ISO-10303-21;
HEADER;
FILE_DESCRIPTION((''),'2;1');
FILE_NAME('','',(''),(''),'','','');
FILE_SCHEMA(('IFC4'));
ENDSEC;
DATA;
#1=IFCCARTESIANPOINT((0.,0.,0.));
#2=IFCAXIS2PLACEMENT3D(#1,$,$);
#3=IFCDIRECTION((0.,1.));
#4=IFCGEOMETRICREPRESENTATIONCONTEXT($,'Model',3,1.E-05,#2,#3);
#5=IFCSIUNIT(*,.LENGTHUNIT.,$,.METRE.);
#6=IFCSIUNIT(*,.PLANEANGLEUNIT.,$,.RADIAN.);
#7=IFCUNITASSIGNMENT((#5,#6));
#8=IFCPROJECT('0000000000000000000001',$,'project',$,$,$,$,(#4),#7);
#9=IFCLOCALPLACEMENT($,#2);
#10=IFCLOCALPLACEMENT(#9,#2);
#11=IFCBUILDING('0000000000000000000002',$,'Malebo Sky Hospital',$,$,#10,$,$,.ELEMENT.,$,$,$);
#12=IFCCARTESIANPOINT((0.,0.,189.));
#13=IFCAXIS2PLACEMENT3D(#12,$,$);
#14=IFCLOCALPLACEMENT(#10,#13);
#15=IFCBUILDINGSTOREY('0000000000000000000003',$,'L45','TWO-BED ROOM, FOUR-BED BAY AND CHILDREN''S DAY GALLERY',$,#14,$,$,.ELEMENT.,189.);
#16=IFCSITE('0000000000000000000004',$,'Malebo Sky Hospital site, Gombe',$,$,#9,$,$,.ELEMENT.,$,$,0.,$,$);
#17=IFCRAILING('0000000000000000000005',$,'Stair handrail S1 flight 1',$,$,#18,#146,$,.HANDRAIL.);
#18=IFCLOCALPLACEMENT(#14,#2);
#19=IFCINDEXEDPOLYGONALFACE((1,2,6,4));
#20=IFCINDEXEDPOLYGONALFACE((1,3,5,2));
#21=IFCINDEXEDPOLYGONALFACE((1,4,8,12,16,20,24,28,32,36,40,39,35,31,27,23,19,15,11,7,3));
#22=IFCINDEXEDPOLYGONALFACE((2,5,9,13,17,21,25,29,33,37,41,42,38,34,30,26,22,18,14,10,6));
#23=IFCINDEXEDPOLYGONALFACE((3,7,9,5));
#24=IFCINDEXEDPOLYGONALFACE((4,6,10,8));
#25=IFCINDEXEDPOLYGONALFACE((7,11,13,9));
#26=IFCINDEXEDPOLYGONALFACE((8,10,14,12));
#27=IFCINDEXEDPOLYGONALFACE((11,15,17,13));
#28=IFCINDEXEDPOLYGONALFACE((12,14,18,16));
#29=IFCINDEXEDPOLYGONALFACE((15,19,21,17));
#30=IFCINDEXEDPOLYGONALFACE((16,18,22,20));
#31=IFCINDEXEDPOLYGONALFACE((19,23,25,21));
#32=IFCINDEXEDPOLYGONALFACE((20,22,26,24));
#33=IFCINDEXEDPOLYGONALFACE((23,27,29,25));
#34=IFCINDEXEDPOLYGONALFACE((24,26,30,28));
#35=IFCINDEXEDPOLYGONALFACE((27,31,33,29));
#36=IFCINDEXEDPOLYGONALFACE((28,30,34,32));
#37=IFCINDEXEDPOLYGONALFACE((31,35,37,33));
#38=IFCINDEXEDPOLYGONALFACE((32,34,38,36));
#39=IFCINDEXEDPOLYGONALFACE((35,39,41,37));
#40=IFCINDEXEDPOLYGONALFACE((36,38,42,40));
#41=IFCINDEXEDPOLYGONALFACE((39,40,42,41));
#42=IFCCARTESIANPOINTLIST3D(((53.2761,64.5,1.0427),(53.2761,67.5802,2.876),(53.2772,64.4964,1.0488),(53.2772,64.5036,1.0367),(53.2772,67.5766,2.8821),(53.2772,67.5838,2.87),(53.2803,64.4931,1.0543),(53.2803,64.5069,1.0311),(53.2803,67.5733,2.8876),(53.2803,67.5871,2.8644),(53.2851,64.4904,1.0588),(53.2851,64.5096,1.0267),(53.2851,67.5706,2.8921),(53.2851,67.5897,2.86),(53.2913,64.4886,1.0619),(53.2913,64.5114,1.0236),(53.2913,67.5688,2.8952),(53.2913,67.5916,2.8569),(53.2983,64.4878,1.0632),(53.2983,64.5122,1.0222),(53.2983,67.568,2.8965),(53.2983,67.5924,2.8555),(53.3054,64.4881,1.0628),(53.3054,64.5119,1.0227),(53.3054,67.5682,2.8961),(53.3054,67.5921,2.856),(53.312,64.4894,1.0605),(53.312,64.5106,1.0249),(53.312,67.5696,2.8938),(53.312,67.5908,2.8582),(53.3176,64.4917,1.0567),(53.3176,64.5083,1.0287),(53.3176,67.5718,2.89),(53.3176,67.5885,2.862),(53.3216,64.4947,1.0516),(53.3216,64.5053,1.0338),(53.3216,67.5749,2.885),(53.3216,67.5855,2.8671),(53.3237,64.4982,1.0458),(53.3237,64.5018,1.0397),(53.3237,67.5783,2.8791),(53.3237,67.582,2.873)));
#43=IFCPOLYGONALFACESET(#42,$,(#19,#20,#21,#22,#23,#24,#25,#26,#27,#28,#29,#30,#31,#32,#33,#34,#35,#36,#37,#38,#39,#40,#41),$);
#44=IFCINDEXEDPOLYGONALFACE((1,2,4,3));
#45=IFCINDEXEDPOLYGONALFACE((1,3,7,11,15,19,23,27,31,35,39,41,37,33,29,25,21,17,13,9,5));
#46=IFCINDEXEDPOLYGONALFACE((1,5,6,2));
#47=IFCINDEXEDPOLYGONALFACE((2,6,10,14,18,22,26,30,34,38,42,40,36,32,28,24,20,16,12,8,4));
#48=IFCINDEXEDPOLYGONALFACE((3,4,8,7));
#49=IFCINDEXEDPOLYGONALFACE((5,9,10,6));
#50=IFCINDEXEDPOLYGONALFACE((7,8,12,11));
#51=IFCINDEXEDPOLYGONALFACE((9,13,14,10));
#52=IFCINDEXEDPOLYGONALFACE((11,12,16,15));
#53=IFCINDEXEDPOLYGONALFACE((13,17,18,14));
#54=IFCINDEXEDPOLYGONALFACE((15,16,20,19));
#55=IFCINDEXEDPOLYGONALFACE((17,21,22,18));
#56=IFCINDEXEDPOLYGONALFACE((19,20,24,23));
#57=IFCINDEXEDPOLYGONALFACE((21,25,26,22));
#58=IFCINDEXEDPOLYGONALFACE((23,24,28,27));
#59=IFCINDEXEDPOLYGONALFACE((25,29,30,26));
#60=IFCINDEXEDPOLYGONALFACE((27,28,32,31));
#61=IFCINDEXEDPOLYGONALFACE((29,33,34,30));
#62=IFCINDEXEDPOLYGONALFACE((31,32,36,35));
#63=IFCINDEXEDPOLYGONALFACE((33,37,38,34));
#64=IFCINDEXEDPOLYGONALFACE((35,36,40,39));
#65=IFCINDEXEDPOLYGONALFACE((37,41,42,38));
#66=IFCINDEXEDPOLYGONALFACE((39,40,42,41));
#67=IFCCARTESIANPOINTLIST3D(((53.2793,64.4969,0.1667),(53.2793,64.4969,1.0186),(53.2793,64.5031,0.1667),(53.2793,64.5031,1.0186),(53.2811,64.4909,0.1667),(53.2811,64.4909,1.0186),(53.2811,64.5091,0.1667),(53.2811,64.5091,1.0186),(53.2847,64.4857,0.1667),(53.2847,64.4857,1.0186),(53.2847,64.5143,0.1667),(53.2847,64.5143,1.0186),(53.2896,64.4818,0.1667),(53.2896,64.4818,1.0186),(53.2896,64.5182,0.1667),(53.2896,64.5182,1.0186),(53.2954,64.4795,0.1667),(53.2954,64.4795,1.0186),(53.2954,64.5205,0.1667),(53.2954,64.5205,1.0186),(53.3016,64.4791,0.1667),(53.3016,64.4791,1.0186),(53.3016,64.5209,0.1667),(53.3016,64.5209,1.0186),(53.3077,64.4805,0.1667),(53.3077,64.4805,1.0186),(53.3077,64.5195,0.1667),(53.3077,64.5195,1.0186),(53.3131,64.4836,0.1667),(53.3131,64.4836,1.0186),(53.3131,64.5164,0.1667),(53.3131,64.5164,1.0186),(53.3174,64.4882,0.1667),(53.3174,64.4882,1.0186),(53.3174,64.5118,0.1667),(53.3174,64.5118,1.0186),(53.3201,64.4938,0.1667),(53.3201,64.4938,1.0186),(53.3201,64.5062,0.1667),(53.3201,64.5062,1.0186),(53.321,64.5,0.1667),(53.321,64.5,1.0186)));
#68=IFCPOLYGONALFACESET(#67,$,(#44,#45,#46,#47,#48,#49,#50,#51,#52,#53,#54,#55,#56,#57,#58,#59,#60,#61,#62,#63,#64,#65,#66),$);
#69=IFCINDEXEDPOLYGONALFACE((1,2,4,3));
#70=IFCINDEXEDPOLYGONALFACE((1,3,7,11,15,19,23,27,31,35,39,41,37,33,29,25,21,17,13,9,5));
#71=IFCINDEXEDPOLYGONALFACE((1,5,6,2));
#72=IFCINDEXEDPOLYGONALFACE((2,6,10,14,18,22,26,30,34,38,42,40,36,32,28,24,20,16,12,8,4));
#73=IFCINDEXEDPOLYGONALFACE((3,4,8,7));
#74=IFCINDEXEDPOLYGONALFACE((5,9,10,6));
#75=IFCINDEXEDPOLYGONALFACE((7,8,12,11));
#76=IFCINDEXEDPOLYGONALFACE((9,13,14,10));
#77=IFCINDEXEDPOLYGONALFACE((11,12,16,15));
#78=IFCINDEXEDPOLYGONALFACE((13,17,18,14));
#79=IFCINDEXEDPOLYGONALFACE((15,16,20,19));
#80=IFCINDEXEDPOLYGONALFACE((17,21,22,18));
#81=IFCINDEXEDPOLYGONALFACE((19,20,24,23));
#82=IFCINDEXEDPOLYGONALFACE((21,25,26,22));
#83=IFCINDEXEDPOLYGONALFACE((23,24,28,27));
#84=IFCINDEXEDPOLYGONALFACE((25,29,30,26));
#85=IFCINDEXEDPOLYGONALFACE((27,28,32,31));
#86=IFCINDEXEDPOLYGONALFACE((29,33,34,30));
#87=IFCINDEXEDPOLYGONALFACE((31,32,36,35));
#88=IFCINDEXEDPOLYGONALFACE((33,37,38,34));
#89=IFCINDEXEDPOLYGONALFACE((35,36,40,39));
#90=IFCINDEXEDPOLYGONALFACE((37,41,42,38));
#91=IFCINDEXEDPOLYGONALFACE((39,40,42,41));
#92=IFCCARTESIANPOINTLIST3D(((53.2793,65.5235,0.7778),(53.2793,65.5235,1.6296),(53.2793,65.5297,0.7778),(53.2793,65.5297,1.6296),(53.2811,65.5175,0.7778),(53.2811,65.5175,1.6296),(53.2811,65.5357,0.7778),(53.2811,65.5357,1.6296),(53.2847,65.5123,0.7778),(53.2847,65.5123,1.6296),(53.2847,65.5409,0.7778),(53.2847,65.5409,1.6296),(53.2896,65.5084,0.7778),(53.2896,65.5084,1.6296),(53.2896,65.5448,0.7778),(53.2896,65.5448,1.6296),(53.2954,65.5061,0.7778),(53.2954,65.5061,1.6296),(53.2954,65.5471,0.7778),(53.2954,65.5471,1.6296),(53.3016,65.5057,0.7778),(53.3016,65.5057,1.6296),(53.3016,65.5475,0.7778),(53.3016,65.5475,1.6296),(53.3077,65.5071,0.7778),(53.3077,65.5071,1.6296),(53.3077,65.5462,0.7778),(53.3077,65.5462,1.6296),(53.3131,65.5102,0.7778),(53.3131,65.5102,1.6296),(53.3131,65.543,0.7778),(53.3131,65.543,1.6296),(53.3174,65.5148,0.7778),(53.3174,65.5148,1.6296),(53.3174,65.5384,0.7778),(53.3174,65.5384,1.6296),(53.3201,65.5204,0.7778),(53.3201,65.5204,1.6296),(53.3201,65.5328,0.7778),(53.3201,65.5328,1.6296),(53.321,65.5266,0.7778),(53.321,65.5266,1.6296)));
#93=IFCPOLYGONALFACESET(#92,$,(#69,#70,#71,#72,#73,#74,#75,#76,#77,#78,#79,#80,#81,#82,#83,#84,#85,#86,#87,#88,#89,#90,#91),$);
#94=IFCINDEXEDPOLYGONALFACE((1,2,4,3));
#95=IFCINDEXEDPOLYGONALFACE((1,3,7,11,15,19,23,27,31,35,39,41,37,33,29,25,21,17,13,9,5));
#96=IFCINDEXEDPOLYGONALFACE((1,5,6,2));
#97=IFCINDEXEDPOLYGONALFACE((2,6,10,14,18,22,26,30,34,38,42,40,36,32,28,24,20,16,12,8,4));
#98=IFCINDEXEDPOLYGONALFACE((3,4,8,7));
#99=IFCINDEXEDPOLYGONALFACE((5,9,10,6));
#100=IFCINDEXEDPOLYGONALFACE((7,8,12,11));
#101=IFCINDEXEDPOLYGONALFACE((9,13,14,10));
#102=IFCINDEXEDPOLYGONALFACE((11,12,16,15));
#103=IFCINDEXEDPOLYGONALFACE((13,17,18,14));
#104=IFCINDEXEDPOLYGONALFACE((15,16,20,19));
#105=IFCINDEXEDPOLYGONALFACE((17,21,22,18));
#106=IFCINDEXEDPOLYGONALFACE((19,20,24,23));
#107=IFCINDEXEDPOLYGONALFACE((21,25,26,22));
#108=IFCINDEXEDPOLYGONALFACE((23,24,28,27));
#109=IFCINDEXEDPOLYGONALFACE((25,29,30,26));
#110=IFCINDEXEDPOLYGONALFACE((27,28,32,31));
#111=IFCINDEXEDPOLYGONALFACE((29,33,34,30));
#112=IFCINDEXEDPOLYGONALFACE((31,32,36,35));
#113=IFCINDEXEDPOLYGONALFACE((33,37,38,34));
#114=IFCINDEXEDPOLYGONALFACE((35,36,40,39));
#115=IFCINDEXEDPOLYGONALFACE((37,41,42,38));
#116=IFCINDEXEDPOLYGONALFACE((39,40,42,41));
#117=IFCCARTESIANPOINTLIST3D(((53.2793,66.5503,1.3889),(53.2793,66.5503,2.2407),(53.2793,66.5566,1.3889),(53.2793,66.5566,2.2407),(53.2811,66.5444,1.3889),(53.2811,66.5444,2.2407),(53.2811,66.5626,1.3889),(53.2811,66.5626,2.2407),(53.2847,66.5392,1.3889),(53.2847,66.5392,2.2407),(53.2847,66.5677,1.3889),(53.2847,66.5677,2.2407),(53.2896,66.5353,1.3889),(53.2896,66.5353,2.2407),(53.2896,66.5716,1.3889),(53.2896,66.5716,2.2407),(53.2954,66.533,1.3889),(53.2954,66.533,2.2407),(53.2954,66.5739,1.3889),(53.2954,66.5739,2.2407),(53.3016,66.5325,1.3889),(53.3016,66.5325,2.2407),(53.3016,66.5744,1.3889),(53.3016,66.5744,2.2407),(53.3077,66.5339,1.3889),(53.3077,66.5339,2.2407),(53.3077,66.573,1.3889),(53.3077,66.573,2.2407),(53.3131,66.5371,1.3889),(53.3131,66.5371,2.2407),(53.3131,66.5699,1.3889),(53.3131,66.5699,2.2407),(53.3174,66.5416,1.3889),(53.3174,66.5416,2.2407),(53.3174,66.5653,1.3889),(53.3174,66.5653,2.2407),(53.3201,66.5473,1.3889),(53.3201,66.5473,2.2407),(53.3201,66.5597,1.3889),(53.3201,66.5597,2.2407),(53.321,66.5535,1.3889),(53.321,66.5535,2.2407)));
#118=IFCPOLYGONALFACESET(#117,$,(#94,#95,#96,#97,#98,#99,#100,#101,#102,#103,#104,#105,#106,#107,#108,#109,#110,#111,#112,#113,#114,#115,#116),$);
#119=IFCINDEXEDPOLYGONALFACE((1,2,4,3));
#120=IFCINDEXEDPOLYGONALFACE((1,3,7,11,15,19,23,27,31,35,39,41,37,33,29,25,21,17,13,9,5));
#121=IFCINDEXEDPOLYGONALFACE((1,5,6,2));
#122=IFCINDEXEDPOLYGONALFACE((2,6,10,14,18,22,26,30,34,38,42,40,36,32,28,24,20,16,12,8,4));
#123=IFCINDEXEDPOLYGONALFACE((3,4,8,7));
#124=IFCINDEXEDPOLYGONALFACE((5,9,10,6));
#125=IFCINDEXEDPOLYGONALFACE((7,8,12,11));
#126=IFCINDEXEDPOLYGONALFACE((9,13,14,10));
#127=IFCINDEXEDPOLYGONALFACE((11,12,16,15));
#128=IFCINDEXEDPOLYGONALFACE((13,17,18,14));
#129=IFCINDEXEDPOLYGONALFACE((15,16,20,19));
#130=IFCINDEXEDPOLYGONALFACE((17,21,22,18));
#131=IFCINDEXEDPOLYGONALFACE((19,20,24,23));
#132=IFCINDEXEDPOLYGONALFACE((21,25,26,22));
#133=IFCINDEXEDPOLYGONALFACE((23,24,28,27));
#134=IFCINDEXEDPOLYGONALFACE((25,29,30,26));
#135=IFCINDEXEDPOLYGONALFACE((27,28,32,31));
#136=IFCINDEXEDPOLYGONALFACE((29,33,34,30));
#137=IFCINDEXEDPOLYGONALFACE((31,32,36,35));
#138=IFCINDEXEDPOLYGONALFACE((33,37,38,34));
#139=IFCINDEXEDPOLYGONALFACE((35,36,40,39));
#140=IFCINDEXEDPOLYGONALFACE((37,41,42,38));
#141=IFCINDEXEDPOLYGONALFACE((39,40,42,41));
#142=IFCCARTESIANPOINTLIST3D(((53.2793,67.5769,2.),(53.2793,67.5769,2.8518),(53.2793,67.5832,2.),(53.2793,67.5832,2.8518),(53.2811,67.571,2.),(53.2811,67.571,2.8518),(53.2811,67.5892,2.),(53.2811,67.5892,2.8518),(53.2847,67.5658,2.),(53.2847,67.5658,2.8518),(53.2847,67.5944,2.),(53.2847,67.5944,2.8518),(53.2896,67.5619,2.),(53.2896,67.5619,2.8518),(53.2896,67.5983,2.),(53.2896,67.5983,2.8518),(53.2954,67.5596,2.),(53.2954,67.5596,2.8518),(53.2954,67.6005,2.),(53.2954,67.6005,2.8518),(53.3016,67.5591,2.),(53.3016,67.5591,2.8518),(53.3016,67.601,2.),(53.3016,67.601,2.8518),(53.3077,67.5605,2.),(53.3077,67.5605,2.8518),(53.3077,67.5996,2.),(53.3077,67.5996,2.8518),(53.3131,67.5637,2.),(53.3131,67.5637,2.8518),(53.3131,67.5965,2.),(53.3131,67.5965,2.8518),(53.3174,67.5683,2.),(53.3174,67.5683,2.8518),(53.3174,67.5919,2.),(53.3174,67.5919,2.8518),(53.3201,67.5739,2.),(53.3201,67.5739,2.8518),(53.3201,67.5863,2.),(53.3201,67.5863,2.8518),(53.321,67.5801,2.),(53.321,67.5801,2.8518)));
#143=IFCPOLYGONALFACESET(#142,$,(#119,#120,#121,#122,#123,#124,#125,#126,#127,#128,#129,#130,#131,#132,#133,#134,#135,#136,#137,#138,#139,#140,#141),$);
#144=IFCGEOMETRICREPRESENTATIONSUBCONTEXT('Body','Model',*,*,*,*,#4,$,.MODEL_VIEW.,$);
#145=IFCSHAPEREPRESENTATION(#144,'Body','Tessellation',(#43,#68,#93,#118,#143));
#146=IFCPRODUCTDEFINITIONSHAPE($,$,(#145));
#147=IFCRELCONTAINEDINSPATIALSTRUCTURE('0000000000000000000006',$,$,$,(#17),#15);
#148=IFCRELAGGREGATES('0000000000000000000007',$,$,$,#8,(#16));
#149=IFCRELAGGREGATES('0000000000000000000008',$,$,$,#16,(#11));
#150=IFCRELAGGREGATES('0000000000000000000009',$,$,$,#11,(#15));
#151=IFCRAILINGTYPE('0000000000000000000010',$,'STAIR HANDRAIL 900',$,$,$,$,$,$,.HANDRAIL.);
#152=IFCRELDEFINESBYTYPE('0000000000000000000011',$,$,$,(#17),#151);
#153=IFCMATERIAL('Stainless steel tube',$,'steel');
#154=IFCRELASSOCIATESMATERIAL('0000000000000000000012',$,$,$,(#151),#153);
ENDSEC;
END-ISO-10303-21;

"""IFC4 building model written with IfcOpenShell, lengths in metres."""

from ifc_helpers import new_model, si_unit, direction, frame, origin, origin_2d, place, context, subcontext, project, spatial, circle, extrude, material, type_object, element, save


model = new_model("IFC4")

# Units and contexts
model_context = context("Model", 3, precision=1e-05, world=origin(), true_north=direction((0.0, 1.0)))
body_context = subcontext(model_context, "Body", "Model", "MODEL_VIEW")
ifc_project = project(units=[si_unit("LENGTHUNIT", "METRE"), si_unit("PLANEANGLEUNIT", "RADIAN")], contexts=[model_context])

# Site, building, storey
site_placement = place(None, origin())
site = spatial("IfcSite", under=ifc_project, at=site_placement, Name="Malebo Sky Hospital site, Gombe", CompositionType="ELEMENT", RefElevation=0.0)
building_placement = place(site_placement, origin())
building = spatial("IfcBuilding", under=site, at=building_placement, Name="Malebo Sky Hospital", CompositionType="ELEMENT")
storey_placement = place(building_placement, frame((0.0, 0.0, 189.0)))
storey = spatial("IfcBuildingStorey", under=building, at=storey_placement, Name="L45", Description="TWO-BED ROOM, FOUR-BED BAY AND CHILDREN'S DAY GALLERY", CompositionType="ELEMENT", Elevation=189.0)

# Railing
ifc_material_1 = material(Name="Stainless steel tube", Category="steel")
railing_type = type_object("IfcRailingType", Name="STAIR HANDRAIL 900", PredefinedType="HANDRAIL", material=ifc_material_1)
railing_1_placement = place(storey_placement, frame((53.3, 64.5, 0.1667)))
element("IfcRailing", 1, at=railing_1_placement, inside=storey, type_object=railing_type, Name="Stair handrail S1 flight 1", PredefinedType="HANDRAIL", context=body_context, shape_type="SweptSolid", body=[
    extrude(circle(Radius=0.0239, at=origin_2d()), frame((0.0, 0.0, 0.876), z_axis=(0.0, 0.859309, 0.511458), x_axis=(-1.0, 0.0, 0.0)), (0.0, 0.0, 1.0), 3.5845),
    extrude(circle(Radius=0.021, at=origin_2d()), origin(), (0.0, 0.0, 1.0), 0.8518),
    extrude(circle(Radius=0.021, at=origin_2d()), frame((0.0, 1.0266, 0.6111)), (0.0, 0.0, 1.0), 0.8518),
    extrude(circle(Radius=0.021, at=origin_2d()), frame((0.0, 2.0535, 1.2222)), (0.0, 0.0, 1.0), 0.8518),
    extrude(circle(Radius=0.021, at=origin_2d()), frame((0.0, 3.0801, 1.8333)), (0.0, 0.0, 1.0), 0.8518),
])

save(model, "model.ifc")
